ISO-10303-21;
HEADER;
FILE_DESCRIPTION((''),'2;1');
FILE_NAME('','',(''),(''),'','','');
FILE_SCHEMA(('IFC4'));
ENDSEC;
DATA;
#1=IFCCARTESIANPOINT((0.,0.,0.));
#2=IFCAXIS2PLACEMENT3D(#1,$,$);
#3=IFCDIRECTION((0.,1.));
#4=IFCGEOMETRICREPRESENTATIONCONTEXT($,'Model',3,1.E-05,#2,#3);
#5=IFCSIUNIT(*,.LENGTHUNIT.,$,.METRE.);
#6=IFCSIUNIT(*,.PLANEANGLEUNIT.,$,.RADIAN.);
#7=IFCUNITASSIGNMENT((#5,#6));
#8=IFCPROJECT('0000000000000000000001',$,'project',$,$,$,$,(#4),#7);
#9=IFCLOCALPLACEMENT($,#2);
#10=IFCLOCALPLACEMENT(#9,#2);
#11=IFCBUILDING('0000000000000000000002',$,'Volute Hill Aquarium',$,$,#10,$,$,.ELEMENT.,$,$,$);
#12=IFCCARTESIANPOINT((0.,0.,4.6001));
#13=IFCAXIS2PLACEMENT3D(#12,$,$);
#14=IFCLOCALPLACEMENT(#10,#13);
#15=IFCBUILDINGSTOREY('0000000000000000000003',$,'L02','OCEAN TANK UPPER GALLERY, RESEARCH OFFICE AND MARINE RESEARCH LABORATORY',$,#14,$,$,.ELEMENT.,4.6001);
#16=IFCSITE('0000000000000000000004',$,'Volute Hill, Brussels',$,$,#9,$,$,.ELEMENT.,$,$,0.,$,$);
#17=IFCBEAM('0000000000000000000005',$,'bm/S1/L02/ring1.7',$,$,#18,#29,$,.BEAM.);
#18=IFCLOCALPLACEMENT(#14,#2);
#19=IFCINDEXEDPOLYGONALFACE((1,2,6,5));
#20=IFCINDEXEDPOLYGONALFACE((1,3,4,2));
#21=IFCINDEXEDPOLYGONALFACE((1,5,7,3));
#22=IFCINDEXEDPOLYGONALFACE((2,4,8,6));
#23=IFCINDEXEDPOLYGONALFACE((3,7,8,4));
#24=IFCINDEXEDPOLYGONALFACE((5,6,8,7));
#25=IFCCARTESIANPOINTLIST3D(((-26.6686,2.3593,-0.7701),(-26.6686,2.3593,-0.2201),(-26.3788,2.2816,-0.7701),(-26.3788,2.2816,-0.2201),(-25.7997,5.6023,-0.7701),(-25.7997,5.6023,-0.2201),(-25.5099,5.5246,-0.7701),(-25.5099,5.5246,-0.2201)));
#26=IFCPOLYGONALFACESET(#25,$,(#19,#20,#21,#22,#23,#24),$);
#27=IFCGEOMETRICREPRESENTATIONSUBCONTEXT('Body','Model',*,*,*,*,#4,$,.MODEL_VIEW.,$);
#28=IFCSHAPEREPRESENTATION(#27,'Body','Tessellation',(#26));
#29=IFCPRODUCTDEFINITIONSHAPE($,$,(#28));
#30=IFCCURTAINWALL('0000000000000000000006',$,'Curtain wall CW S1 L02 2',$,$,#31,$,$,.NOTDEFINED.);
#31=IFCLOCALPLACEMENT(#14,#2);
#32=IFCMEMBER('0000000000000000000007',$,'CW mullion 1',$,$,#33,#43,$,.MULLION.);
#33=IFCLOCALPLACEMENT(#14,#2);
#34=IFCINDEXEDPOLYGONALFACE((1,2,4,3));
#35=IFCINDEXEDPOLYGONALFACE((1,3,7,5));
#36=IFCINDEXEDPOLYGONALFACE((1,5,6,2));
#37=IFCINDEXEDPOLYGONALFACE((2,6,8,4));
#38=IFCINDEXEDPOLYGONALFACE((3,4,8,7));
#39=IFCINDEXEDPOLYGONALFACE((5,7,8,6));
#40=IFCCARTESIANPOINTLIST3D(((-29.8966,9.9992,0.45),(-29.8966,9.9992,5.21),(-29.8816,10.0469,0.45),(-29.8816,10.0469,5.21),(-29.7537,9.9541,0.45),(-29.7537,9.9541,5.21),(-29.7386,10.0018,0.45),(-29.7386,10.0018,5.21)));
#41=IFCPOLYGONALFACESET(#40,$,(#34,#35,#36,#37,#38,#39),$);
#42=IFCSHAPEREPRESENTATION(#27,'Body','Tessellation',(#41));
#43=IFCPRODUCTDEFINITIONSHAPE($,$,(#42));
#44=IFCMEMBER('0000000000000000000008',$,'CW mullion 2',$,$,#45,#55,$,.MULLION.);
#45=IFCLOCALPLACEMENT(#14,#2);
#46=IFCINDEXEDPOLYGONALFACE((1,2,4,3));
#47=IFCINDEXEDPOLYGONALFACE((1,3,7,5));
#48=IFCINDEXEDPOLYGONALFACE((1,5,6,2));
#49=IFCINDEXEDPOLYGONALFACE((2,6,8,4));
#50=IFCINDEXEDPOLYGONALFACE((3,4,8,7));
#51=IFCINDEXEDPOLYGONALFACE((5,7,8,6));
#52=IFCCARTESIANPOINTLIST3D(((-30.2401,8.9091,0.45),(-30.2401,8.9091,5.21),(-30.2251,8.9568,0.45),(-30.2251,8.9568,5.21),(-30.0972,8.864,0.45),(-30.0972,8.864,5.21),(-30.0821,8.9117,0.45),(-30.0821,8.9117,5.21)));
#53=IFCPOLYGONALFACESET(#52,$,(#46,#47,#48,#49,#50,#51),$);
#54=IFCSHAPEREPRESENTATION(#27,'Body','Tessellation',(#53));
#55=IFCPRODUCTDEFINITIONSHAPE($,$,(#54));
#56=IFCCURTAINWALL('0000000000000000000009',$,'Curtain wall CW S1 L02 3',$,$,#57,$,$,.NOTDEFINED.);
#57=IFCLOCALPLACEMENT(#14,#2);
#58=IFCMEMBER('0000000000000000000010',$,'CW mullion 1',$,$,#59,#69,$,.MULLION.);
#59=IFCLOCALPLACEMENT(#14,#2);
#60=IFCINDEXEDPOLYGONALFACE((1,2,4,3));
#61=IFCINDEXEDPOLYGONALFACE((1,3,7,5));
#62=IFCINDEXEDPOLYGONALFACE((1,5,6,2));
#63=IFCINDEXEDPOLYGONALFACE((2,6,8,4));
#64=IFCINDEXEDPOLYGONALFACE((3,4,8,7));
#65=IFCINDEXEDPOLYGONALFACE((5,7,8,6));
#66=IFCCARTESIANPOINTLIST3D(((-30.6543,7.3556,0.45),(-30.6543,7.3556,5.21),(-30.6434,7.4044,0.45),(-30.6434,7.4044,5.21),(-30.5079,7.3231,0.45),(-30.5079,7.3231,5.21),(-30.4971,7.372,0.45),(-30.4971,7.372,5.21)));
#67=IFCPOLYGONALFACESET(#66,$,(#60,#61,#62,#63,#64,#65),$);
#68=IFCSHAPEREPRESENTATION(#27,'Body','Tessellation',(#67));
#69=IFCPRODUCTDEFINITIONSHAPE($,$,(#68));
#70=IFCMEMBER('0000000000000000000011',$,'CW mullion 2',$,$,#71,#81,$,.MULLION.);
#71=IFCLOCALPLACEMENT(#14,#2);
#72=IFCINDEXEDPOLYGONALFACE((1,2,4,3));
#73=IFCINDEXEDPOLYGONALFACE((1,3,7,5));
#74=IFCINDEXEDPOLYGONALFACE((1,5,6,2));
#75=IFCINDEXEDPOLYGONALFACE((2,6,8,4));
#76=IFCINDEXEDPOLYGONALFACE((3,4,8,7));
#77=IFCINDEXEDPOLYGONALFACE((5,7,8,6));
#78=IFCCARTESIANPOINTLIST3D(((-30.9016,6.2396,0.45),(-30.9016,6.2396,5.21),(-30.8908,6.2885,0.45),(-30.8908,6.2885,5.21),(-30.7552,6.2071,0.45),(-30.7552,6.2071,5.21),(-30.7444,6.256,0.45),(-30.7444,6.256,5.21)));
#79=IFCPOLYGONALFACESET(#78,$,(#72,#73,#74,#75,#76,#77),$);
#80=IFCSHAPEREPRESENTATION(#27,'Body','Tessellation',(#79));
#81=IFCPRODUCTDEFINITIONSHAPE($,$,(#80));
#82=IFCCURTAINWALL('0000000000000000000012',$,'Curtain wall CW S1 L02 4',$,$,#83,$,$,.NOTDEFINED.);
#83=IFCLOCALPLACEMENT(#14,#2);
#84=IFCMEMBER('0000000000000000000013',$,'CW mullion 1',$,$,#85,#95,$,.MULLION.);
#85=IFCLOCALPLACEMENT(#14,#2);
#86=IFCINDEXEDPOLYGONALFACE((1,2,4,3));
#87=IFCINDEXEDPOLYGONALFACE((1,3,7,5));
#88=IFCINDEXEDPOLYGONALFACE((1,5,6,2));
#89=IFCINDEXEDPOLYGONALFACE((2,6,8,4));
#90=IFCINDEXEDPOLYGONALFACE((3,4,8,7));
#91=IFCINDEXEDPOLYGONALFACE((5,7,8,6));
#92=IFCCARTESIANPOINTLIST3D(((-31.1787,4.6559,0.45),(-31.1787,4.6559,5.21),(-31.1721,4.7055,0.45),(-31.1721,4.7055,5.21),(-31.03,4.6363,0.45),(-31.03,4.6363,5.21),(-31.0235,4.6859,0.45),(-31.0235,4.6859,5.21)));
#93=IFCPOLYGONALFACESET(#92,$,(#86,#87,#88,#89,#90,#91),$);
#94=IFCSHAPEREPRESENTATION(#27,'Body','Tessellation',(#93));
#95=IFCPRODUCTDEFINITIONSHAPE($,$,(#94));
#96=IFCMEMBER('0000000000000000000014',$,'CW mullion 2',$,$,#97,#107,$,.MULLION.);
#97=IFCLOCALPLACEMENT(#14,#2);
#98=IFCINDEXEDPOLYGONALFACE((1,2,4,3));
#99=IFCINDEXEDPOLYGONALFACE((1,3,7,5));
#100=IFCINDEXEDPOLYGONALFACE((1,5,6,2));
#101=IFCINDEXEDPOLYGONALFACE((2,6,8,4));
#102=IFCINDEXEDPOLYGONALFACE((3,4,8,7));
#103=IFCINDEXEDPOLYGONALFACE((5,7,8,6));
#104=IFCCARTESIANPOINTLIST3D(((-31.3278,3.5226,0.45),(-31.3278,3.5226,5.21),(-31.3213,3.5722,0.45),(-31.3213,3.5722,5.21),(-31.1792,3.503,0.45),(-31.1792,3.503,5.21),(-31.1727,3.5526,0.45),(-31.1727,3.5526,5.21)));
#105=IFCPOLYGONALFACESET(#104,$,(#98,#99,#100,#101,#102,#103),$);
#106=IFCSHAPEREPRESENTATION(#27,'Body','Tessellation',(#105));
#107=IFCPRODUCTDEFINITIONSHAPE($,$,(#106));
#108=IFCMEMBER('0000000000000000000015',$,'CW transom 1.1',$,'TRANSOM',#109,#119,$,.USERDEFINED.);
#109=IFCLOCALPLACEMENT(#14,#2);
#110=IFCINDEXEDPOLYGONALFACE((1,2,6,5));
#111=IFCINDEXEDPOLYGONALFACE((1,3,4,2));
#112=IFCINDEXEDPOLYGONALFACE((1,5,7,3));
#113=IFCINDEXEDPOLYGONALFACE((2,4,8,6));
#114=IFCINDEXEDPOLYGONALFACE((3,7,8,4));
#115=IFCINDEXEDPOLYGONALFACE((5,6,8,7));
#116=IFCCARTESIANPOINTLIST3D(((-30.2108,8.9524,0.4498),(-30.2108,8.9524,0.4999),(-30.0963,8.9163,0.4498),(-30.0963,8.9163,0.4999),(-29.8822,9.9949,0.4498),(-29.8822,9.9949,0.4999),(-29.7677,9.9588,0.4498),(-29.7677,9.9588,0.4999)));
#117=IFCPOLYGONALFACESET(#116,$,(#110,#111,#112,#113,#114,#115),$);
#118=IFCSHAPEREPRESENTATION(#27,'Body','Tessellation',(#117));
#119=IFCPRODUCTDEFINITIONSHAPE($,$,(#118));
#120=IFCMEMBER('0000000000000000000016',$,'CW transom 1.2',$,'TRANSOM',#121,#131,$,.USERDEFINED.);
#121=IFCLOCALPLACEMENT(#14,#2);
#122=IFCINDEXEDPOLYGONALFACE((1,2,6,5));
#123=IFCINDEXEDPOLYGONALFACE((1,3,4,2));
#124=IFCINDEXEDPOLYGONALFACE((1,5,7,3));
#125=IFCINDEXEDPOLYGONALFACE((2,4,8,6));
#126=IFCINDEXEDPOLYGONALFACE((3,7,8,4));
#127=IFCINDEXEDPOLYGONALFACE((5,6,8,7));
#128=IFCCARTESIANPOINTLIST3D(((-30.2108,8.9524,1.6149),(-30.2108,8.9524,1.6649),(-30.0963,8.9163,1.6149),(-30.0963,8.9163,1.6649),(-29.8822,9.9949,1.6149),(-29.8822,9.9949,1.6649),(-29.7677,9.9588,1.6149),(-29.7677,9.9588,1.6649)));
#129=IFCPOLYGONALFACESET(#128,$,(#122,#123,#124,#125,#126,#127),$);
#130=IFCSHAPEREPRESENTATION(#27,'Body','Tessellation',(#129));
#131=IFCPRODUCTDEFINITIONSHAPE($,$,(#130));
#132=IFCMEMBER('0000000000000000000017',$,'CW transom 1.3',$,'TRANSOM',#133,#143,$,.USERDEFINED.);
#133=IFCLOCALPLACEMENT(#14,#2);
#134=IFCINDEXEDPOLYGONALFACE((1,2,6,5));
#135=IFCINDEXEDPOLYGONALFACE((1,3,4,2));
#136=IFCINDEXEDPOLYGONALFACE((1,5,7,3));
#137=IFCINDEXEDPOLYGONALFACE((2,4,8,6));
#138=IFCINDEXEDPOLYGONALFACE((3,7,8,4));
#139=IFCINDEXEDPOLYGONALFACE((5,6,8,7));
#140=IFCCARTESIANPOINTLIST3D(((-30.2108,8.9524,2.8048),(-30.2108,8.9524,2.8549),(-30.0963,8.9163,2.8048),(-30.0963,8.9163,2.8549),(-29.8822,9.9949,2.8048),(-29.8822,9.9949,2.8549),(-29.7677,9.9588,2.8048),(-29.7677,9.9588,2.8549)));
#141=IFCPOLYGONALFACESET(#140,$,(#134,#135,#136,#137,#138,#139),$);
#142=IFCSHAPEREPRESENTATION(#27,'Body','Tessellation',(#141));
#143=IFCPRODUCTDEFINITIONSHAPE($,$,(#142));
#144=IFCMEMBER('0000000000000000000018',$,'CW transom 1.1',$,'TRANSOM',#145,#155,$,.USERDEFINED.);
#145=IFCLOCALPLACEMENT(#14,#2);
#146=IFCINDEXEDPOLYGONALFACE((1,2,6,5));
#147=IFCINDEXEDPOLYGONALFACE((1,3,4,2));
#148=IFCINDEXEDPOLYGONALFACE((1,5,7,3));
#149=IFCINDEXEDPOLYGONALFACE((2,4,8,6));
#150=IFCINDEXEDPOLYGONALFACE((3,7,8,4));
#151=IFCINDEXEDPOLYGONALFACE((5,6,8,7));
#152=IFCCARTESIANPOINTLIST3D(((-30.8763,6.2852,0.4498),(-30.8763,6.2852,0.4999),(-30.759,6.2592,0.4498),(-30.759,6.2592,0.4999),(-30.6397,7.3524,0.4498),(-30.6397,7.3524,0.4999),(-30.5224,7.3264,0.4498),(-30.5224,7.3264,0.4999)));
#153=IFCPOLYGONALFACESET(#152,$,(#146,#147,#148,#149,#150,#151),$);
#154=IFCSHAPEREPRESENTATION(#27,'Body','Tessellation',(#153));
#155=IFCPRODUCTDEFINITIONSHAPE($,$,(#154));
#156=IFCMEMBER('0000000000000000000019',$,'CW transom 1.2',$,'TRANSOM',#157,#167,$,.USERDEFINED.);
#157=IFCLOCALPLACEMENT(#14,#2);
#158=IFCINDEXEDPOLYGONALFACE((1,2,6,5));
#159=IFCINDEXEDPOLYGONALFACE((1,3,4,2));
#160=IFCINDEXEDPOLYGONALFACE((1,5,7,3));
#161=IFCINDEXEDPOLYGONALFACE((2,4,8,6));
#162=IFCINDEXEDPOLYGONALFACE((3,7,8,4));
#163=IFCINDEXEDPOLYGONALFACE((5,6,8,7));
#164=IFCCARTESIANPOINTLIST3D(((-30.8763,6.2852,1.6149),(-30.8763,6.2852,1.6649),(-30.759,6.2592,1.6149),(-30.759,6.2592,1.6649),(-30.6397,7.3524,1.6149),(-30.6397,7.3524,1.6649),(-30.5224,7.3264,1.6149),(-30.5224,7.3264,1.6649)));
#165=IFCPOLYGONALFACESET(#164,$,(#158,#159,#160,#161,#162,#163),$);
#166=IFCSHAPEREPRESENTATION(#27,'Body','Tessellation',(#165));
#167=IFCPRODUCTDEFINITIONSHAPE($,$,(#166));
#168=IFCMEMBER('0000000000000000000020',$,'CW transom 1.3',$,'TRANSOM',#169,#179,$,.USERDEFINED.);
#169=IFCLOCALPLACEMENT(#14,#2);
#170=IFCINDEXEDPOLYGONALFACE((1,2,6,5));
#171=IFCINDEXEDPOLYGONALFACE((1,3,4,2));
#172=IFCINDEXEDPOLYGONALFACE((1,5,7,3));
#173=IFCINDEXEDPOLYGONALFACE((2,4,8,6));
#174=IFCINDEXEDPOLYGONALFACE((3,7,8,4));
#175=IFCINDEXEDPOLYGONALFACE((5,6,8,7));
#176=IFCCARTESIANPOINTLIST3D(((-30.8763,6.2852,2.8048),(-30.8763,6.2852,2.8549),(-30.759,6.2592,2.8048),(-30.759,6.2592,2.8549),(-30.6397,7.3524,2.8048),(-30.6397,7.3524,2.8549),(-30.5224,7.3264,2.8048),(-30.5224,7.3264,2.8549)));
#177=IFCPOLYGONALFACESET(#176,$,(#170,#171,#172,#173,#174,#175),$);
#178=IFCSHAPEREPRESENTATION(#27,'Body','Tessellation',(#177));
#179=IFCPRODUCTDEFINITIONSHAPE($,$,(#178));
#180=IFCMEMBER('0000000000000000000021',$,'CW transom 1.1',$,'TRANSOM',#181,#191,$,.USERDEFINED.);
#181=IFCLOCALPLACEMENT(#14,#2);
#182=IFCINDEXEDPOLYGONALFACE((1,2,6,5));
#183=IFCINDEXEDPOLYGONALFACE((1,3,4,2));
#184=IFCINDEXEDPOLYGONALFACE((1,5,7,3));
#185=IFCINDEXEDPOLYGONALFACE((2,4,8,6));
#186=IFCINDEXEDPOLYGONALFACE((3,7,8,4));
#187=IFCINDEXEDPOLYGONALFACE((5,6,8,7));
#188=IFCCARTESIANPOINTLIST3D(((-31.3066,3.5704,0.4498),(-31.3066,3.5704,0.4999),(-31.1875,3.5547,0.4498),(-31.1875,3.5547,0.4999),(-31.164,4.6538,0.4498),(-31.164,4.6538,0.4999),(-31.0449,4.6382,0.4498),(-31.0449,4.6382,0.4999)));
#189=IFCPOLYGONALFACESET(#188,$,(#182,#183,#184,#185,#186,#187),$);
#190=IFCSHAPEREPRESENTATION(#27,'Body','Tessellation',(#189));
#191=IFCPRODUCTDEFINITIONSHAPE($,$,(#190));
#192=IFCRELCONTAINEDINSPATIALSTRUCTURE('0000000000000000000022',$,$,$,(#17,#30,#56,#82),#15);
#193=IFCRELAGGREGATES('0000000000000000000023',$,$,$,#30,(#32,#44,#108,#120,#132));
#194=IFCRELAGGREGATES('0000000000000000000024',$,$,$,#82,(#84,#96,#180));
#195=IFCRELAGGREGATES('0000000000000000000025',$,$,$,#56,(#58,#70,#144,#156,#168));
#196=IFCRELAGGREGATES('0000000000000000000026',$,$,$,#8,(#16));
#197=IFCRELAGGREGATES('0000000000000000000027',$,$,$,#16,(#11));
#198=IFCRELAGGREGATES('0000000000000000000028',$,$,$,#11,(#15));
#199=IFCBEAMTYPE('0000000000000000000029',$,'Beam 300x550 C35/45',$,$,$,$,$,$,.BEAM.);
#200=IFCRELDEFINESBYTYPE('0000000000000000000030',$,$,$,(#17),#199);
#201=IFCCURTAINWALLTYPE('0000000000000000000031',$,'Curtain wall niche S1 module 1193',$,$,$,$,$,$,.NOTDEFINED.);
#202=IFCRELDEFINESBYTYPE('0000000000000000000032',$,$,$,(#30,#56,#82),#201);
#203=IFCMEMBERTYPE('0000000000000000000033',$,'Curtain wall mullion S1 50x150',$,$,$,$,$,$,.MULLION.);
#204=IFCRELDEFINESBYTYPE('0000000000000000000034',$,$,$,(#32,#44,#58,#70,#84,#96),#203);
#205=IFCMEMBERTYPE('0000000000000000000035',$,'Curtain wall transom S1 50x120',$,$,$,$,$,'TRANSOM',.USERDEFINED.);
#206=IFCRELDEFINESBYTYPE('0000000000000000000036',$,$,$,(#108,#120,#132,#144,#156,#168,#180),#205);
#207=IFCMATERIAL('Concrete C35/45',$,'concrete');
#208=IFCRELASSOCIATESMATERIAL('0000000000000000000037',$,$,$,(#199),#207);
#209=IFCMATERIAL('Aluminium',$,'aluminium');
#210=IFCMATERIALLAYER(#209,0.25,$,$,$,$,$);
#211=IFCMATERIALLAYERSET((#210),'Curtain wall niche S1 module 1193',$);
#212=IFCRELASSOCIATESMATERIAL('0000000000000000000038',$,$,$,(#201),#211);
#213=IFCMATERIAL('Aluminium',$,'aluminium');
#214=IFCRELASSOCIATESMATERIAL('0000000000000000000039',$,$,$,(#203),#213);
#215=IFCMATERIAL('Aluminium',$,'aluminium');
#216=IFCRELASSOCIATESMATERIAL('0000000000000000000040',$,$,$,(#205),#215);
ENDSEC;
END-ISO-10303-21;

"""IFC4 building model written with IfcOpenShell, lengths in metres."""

from ifc_helpers import new_model, si_unit, direction, frame, origin, origin_2d, place, context, subcontext, project, spatial, rectangle, extrude, material, layer, layer_set, material_profile, profile_set, type_object, element, aggregate, save


model = new_model("IFC4")

# Units and contexts
model_context = context("Model", 3, precision=1e-05, world=origin(), true_north=direction((0.0, 1.0)))
body_context = subcontext(model_context, "Body", "Model", "MODEL_VIEW")
ifc_project = project(units=[si_unit("LENGTHUNIT", "METRE"), si_unit("PLANEANGLEUNIT", "RADIAN")], contexts=[model_context])

# Site, building, storey
site_placement = place(None, origin())
site = spatial("IfcSite", under=ifc_project, at=site_placement, Name="Volute Hill, Brussels", CompositionType="ELEMENT", RefElevation=0.0)
building_placement = place(site_placement, origin())
building = spatial("IfcBuilding", under=site, at=building_placement, Name="Volute Hill Aquarium", CompositionType="ELEMENT")
storey_placement = place(building_placement, frame((0.0, 0.0, 4.6001)))
storey = spatial("IfcBuildingStorey", under=building, at=storey_placement, Name="L02", Description="OCEAN TANK UPPER GALLERY, RESEARCH OFFICE AND MARINE RESEARCH LABORATORY", CompositionType="ELEMENT", Elevation=4.6001)

# Beam
ifc_material_1 = material(Name="Concrete C35/45", Category="concrete")
ifc_material_profile_1 = material_profile(ifc_material_1, rectangle(XDim=0.3, YDim=0.55, at=origin_2d()), Name="RC beam 300x550")
ifc_profile_set_1 = profile_set([ifc_material_profile_1], Name="Concrete C35/45")
beam_type_1 = type_object("IfcBeamType", Name="Beam 300x550 C35/45", PredefinedType="BEAM", material=ifc_profile_set_1)
beam_1_placement = place(storey_placement, frame((-25.6548, 5.5635, -0.4951), z_axis=(-0.258808, -0.965929, 0.0), x_axis=(0.965929, -0.258808, 0.0)))
element("IfcBeam", 1, at=beam_1_placement, inside=storey, type_object=beam_type_1, Name="bm/S1/L02/ring1.7", PredefinedType="BEAM", context=body_context, shape_type="SweptSolid", body=[
    extrude(rectangle(XDim=0.3, YDim=0.55, at=origin_2d()), origin(), (0.0, 0.0, 1.0), 3.3574),
])

# Curtain walls, members
ifc_material_2 = material(Name="Aluminium", Category="aluminium")
ifc_layer_1 = layer(ifc_material_2, 0.25)
ifc_layer_set_1 = layer_set([ifc_layer_1], Name="Curtain wall niche S1 module 1193")
curtain_wall_type = type_object("IfcCurtainWallType", Name="Curtain wall niche S1 module 1193", PredefinedType="NOTDEFINED", material=ifc_layer_set_1)
curtain_wall_1_placement = place(storey_placement, origin())
curtain_wall_1 = element("IfcCurtainWall", 2, at=curtain_wall_1_placement, inside=storey, type_object=curtain_wall_type, Name="Curtain wall CW S1 L02 2", PredefinedType="NOTDEFINED")
ifc_material_3 = material(Name="Aluminium", Category="aluminium")
ifc_material_profile_2 = material_profile(ifc_material_3, rectangle(XDim=0.1499, YDim=0.05, at=origin_2d()), Name="Curtain wall mullion S1 50x150")
ifc_profile_set_2 = profile_set([ifc_material_profile_2], Name="Aluminium")
member_type_1 = type_object("IfcMemberType", Name="Curtain wall mullion S1 50x150", PredefinedType="MULLION", material=ifc_profile_set_2)
member_1_placement = place(storey_placement, frame((-29.8176, 10.0005, 0.45), z_axis=(0.0, 0.0, 1.0), x_axis=(0.953718, -0.300702, 0.0)))
member_1 = element("IfcMember", 3, at=member_1_placement, type_object=member_type_1, Name="CW mullion 1", PredefinedType="MULLION", context=body_context, shape_type="SweptSolid", body=[
    extrude(rectangle(XDim=0.1499, YDim=0.05, at=origin_2d()), origin(), (0.0, 0.0, 1.0), 4.76),
])
member_2_placement = place(storey_placement, frame((-30.1611, 8.9104, 0.45), z_axis=(0.0, 0.0, 1.0), x_axis=(0.953718, -0.300702, 0.0)))
member_2 = element("IfcMember", 4, at=member_2_placement, type_object=member_type_1, Name="CW mullion 2", PredefinedType="MULLION", context=body_context, shape_type="SweptSolid", body=[
    extrude(rectangle(XDim=0.1499, YDim=0.05, at=origin_2d()), origin(), (0.0, 0.0, 1.0), 4.76),
])
curtain_wall_2_placement = place(storey_placement, origin())
curtain_wall_2 = element("IfcCurtainWall", 5, at=curtain_wall_2_placement, inside=storey, type_object=curtain_wall_type, Name="Curtain wall CW S1 L02 3", PredefinedType="NOTDEFINED")
member_3_placement = place(storey_placement, frame((-30.5757, 7.3638, 0.45), z_axis=(0.0, 0.0, 1.0), x_axis=(0.976292, -0.216458, 0.0)))
member_3 = element("IfcMember", 6, at=member_3_placement, type_object=member_type_1, Name="CW mullion 1", PredefinedType="MULLION", context=body_context, shape_type="SweptSolid", body=[
    extrude(rectangle(XDim=0.1499, YDim=0.05, at=origin_2d()), origin(), (0.0, 0.0, 1.0), 4.76),
])
member_4_placement = place(storey_placement, frame((-30.823, 6.2478, 0.45), z_axis=(0.0, 0.0, 1.0), x_axis=(0.976292, -0.216458, 0.0)))
member_4 = element("IfcMember", 7, at=member_4_placement, type_object=member_type_1, Name="CW mullion 2", PredefinedType="MULLION", context=body_context, shape_type="SweptSolid", body=[
    extrude(rectangle(XDim=0.1499, YDim=0.05, at=origin_2d()), origin(), (0.0, 0.0, 1.0), 4.76),
])
curtain_wall_3_placement = place(storey_placement, origin())
curtain_wall_3 = element("IfcCurtainWall", 8, at=curtain_wall_3_placement, inside=storey, type_object=curtain_wall_type, Name="Curtain wall CW S1 L02 4", PredefinedType="NOTDEFINED")
member_5_placement = place(storey_placement, frame((-31.1011, 4.6709, 0.45), z_axis=(0.0, 0.0, 1.0), x_axis=(0.991444, -0.130532, 0.0)))
member_5 = element("IfcMember", 9, at=member_5_placement, type_object=member_type_1, Name="CW mullion 1", PredefinedType="MULLION", context=body_context, shape_type="SweptSolid", body=[
    extrude(rectangle(XDim=0.1499, YDim=0.05, at=origin_2d()), origin(), (0.0, 0.0, 1.0), 4.76),
])
member_6_placement = place(storey_placement, frame((-31.2502, 3.5376, 0.45), z_axis=(0.0, 0.0, 1.0), x_axis=(0.991444, -0.130532, 0.0)))
member_6 = element("IfcMember", 10, at=member_6_placement, type_object=member_type_1, Name="CW mullion 2", PredefinedType="MULLION", context=body_context, shape_type="SweptSolid", body=[
    extrude(rectangle(XDim=0.1499, YDim=0.05, at=origin_2d()), origin(), (0.0, 0.0, 1.0), 4.76),
])

# Members
ifc_material_4 = material(Name="Aluminium", Category="aluminium")
ifc_material_profile_3 = material_profile(ifc_material_4, rectangle(XDim=0.1201, YDim=0.05, at=origin_2d()), Name="Curtain wall transom S1 50x120")
ifc_profile_set_3 = profile_set([ifc_material_profile_3], Name="Aluminium")
member_type_2 = type_object("IfcMemberType", Name="Curtain wall transom S1 50x120", ElementType="TRANSOM", PredefinedType="USERDEFINED", material=ifc_profile_set_3)
member_7_placement = place(storey_placement, frame((-29.825, 9.9768, 0.4749), z_axis=(-0.30064, -0.953738, 0.0), x_axis=(0.953738, -0.30064, 0.0)))
member_7 = element("IfcMember", 11, at=member_7_placement, type_object=member_type_2, Name="CW transom 1.1", ObjectType="TRANSOM", PredefinedType="USERDEFINED", context=body_context, shape_type="SweptSolid", body=[
    extrude(rectangle(XDim=0.1201, YDim=0.05, at=origin_2d()), origin(), (0.0, 0.0, 1.0), 1.093),
])
member_8_placement = place(storey_placement, frame((-29.825, 9.9768, 1.6399), z_axis=(-0.30064, -0.953738, 0.0), x_axis=(0.953738, -0.30064, 0.0)))
member_8 = element("IfcMember", 12, at=member_8_placement, type_object=member_type_2, Name="CW transom 1.2", ObjectType="TRANSOM", PredefinedType="USERDEFINED", context=body_context, shape_type="SweptSolid", body=[
    extrude(rectangle(XDim=0.1201, YDim=0.05, at=origin_2d()), origin(), (0.0, 0.0, 1.0), 1.093),
])
member_9_placement = place(storey_placement, frame((-29.825, 9.9768, 2.8298), z_axis=(-0.30064, -0.953738, 0.0), x_axis=(0.953738, -0.30064, 0.0)))
member_9 = element("IfcMember", 13, at=member_9_placement, type_object=member_type_2, Name="CW transom 1.3", ObjectType="TRANSOM", PredefinedType="USERDEFINED", context=body_context, shape_type="SweptSolid", body=[
    extrude(rectangle(XDim=0.1201, YDim=0.05, at=origin_2d()), origin(), (0.0, 0.0, 1.0), 1.093),
])
member_10_placement = place(storey_placement, frame((-30.5811, 7.3394, 0.4749), z_axis=(-0.216434, -0.976297, 0.0), x_axis=(0.976297, -0.216434, 0.0)))
member_10 = element("IfcMember", 14, at=member_10_placement, type_object=member_type_2, Name="CW transom 1.1", ObjectType="TRANSOM", PredefinedType="USERDEFINED", context=body_context, shape_type="SweptSolid", body=[
    extrude(rectangle(XDim=0.1201, YDim=0.05, at=origin_2d()), origin(), (0.0, 0.0, 1.0), 1.093),
])
member_11_placement = place(storey_placement, frame((-30.5811, 7.3394, 1.6399), z_axis=(-0.216434, -0.976297, 0.0), x_axis=(0.976297, -0.216434, 0.0)))
member_11 = element("IfcMember", 15, at=member_11_placement, type_object=member_type_2, Name="CW transom 1.2", ObjectType="TRANSOM", PredefinedType="USERDEFINED", context=body_context, shape_type="SweptSolid", body=[
    extrude(rectangle(XDim=0.1201, YDim=0.05, at=origin_2d()), origin(), (0.0, 0.0, 1.0), 1.093),
])
member_12_placement = place(storey_placement, frame((-30.5811, 7.3394, 2.8298), z_axis=(-0.216434, -0.976297, 0.0), x_axis=(0.976297, -0.216434, 0.0)))
member_12 = element("IfcMember", 16, at=member_12_placement, type_object=member_type_2, Name="CW transom 1.3", ObjectType="TRANSOM", PredefinedType="USERDEFINED", context=body_context, shape_type="SweptSolid", body=[
    extrude(rectangle(XDim=0.1201, YDim=0.05, at=origin_2d()), origin(), (0.0, 0.0, 1.0), 1.093),
])
member_13_placement = place(storey_placement, frame((-31.1045, 4.646, 0.4749), z_axis=(-0.130466, -0.991453, 0.0), x_axis=(0.991453, -0.130466, 0.0)))
member_13 = element("IfcMember", 17, at=member_13_placement, type_object=member_type_2, Name="CW transom 1.1", ObjectType="TRANSOM", PredefinedType="USERDEFINED", context=body_context, shape_type="SweptSolid", body=[
    extrude(rectangle(XDim=0.1201, YDim=0.05, at=origin_2d()), origin(), (0.0, 0.0, 1.0), 1.0928),
])

aggregate(curtain_wall_1, [member_1, member_2, member_7, member_8, member_9])
aggregate(curtain_wall_3, [member_5, member_6, member_13])
aggregate(curtain_wall_2, [member_3, member_4, member_10, member_11, member_12])

save(model, "model.ifc")
